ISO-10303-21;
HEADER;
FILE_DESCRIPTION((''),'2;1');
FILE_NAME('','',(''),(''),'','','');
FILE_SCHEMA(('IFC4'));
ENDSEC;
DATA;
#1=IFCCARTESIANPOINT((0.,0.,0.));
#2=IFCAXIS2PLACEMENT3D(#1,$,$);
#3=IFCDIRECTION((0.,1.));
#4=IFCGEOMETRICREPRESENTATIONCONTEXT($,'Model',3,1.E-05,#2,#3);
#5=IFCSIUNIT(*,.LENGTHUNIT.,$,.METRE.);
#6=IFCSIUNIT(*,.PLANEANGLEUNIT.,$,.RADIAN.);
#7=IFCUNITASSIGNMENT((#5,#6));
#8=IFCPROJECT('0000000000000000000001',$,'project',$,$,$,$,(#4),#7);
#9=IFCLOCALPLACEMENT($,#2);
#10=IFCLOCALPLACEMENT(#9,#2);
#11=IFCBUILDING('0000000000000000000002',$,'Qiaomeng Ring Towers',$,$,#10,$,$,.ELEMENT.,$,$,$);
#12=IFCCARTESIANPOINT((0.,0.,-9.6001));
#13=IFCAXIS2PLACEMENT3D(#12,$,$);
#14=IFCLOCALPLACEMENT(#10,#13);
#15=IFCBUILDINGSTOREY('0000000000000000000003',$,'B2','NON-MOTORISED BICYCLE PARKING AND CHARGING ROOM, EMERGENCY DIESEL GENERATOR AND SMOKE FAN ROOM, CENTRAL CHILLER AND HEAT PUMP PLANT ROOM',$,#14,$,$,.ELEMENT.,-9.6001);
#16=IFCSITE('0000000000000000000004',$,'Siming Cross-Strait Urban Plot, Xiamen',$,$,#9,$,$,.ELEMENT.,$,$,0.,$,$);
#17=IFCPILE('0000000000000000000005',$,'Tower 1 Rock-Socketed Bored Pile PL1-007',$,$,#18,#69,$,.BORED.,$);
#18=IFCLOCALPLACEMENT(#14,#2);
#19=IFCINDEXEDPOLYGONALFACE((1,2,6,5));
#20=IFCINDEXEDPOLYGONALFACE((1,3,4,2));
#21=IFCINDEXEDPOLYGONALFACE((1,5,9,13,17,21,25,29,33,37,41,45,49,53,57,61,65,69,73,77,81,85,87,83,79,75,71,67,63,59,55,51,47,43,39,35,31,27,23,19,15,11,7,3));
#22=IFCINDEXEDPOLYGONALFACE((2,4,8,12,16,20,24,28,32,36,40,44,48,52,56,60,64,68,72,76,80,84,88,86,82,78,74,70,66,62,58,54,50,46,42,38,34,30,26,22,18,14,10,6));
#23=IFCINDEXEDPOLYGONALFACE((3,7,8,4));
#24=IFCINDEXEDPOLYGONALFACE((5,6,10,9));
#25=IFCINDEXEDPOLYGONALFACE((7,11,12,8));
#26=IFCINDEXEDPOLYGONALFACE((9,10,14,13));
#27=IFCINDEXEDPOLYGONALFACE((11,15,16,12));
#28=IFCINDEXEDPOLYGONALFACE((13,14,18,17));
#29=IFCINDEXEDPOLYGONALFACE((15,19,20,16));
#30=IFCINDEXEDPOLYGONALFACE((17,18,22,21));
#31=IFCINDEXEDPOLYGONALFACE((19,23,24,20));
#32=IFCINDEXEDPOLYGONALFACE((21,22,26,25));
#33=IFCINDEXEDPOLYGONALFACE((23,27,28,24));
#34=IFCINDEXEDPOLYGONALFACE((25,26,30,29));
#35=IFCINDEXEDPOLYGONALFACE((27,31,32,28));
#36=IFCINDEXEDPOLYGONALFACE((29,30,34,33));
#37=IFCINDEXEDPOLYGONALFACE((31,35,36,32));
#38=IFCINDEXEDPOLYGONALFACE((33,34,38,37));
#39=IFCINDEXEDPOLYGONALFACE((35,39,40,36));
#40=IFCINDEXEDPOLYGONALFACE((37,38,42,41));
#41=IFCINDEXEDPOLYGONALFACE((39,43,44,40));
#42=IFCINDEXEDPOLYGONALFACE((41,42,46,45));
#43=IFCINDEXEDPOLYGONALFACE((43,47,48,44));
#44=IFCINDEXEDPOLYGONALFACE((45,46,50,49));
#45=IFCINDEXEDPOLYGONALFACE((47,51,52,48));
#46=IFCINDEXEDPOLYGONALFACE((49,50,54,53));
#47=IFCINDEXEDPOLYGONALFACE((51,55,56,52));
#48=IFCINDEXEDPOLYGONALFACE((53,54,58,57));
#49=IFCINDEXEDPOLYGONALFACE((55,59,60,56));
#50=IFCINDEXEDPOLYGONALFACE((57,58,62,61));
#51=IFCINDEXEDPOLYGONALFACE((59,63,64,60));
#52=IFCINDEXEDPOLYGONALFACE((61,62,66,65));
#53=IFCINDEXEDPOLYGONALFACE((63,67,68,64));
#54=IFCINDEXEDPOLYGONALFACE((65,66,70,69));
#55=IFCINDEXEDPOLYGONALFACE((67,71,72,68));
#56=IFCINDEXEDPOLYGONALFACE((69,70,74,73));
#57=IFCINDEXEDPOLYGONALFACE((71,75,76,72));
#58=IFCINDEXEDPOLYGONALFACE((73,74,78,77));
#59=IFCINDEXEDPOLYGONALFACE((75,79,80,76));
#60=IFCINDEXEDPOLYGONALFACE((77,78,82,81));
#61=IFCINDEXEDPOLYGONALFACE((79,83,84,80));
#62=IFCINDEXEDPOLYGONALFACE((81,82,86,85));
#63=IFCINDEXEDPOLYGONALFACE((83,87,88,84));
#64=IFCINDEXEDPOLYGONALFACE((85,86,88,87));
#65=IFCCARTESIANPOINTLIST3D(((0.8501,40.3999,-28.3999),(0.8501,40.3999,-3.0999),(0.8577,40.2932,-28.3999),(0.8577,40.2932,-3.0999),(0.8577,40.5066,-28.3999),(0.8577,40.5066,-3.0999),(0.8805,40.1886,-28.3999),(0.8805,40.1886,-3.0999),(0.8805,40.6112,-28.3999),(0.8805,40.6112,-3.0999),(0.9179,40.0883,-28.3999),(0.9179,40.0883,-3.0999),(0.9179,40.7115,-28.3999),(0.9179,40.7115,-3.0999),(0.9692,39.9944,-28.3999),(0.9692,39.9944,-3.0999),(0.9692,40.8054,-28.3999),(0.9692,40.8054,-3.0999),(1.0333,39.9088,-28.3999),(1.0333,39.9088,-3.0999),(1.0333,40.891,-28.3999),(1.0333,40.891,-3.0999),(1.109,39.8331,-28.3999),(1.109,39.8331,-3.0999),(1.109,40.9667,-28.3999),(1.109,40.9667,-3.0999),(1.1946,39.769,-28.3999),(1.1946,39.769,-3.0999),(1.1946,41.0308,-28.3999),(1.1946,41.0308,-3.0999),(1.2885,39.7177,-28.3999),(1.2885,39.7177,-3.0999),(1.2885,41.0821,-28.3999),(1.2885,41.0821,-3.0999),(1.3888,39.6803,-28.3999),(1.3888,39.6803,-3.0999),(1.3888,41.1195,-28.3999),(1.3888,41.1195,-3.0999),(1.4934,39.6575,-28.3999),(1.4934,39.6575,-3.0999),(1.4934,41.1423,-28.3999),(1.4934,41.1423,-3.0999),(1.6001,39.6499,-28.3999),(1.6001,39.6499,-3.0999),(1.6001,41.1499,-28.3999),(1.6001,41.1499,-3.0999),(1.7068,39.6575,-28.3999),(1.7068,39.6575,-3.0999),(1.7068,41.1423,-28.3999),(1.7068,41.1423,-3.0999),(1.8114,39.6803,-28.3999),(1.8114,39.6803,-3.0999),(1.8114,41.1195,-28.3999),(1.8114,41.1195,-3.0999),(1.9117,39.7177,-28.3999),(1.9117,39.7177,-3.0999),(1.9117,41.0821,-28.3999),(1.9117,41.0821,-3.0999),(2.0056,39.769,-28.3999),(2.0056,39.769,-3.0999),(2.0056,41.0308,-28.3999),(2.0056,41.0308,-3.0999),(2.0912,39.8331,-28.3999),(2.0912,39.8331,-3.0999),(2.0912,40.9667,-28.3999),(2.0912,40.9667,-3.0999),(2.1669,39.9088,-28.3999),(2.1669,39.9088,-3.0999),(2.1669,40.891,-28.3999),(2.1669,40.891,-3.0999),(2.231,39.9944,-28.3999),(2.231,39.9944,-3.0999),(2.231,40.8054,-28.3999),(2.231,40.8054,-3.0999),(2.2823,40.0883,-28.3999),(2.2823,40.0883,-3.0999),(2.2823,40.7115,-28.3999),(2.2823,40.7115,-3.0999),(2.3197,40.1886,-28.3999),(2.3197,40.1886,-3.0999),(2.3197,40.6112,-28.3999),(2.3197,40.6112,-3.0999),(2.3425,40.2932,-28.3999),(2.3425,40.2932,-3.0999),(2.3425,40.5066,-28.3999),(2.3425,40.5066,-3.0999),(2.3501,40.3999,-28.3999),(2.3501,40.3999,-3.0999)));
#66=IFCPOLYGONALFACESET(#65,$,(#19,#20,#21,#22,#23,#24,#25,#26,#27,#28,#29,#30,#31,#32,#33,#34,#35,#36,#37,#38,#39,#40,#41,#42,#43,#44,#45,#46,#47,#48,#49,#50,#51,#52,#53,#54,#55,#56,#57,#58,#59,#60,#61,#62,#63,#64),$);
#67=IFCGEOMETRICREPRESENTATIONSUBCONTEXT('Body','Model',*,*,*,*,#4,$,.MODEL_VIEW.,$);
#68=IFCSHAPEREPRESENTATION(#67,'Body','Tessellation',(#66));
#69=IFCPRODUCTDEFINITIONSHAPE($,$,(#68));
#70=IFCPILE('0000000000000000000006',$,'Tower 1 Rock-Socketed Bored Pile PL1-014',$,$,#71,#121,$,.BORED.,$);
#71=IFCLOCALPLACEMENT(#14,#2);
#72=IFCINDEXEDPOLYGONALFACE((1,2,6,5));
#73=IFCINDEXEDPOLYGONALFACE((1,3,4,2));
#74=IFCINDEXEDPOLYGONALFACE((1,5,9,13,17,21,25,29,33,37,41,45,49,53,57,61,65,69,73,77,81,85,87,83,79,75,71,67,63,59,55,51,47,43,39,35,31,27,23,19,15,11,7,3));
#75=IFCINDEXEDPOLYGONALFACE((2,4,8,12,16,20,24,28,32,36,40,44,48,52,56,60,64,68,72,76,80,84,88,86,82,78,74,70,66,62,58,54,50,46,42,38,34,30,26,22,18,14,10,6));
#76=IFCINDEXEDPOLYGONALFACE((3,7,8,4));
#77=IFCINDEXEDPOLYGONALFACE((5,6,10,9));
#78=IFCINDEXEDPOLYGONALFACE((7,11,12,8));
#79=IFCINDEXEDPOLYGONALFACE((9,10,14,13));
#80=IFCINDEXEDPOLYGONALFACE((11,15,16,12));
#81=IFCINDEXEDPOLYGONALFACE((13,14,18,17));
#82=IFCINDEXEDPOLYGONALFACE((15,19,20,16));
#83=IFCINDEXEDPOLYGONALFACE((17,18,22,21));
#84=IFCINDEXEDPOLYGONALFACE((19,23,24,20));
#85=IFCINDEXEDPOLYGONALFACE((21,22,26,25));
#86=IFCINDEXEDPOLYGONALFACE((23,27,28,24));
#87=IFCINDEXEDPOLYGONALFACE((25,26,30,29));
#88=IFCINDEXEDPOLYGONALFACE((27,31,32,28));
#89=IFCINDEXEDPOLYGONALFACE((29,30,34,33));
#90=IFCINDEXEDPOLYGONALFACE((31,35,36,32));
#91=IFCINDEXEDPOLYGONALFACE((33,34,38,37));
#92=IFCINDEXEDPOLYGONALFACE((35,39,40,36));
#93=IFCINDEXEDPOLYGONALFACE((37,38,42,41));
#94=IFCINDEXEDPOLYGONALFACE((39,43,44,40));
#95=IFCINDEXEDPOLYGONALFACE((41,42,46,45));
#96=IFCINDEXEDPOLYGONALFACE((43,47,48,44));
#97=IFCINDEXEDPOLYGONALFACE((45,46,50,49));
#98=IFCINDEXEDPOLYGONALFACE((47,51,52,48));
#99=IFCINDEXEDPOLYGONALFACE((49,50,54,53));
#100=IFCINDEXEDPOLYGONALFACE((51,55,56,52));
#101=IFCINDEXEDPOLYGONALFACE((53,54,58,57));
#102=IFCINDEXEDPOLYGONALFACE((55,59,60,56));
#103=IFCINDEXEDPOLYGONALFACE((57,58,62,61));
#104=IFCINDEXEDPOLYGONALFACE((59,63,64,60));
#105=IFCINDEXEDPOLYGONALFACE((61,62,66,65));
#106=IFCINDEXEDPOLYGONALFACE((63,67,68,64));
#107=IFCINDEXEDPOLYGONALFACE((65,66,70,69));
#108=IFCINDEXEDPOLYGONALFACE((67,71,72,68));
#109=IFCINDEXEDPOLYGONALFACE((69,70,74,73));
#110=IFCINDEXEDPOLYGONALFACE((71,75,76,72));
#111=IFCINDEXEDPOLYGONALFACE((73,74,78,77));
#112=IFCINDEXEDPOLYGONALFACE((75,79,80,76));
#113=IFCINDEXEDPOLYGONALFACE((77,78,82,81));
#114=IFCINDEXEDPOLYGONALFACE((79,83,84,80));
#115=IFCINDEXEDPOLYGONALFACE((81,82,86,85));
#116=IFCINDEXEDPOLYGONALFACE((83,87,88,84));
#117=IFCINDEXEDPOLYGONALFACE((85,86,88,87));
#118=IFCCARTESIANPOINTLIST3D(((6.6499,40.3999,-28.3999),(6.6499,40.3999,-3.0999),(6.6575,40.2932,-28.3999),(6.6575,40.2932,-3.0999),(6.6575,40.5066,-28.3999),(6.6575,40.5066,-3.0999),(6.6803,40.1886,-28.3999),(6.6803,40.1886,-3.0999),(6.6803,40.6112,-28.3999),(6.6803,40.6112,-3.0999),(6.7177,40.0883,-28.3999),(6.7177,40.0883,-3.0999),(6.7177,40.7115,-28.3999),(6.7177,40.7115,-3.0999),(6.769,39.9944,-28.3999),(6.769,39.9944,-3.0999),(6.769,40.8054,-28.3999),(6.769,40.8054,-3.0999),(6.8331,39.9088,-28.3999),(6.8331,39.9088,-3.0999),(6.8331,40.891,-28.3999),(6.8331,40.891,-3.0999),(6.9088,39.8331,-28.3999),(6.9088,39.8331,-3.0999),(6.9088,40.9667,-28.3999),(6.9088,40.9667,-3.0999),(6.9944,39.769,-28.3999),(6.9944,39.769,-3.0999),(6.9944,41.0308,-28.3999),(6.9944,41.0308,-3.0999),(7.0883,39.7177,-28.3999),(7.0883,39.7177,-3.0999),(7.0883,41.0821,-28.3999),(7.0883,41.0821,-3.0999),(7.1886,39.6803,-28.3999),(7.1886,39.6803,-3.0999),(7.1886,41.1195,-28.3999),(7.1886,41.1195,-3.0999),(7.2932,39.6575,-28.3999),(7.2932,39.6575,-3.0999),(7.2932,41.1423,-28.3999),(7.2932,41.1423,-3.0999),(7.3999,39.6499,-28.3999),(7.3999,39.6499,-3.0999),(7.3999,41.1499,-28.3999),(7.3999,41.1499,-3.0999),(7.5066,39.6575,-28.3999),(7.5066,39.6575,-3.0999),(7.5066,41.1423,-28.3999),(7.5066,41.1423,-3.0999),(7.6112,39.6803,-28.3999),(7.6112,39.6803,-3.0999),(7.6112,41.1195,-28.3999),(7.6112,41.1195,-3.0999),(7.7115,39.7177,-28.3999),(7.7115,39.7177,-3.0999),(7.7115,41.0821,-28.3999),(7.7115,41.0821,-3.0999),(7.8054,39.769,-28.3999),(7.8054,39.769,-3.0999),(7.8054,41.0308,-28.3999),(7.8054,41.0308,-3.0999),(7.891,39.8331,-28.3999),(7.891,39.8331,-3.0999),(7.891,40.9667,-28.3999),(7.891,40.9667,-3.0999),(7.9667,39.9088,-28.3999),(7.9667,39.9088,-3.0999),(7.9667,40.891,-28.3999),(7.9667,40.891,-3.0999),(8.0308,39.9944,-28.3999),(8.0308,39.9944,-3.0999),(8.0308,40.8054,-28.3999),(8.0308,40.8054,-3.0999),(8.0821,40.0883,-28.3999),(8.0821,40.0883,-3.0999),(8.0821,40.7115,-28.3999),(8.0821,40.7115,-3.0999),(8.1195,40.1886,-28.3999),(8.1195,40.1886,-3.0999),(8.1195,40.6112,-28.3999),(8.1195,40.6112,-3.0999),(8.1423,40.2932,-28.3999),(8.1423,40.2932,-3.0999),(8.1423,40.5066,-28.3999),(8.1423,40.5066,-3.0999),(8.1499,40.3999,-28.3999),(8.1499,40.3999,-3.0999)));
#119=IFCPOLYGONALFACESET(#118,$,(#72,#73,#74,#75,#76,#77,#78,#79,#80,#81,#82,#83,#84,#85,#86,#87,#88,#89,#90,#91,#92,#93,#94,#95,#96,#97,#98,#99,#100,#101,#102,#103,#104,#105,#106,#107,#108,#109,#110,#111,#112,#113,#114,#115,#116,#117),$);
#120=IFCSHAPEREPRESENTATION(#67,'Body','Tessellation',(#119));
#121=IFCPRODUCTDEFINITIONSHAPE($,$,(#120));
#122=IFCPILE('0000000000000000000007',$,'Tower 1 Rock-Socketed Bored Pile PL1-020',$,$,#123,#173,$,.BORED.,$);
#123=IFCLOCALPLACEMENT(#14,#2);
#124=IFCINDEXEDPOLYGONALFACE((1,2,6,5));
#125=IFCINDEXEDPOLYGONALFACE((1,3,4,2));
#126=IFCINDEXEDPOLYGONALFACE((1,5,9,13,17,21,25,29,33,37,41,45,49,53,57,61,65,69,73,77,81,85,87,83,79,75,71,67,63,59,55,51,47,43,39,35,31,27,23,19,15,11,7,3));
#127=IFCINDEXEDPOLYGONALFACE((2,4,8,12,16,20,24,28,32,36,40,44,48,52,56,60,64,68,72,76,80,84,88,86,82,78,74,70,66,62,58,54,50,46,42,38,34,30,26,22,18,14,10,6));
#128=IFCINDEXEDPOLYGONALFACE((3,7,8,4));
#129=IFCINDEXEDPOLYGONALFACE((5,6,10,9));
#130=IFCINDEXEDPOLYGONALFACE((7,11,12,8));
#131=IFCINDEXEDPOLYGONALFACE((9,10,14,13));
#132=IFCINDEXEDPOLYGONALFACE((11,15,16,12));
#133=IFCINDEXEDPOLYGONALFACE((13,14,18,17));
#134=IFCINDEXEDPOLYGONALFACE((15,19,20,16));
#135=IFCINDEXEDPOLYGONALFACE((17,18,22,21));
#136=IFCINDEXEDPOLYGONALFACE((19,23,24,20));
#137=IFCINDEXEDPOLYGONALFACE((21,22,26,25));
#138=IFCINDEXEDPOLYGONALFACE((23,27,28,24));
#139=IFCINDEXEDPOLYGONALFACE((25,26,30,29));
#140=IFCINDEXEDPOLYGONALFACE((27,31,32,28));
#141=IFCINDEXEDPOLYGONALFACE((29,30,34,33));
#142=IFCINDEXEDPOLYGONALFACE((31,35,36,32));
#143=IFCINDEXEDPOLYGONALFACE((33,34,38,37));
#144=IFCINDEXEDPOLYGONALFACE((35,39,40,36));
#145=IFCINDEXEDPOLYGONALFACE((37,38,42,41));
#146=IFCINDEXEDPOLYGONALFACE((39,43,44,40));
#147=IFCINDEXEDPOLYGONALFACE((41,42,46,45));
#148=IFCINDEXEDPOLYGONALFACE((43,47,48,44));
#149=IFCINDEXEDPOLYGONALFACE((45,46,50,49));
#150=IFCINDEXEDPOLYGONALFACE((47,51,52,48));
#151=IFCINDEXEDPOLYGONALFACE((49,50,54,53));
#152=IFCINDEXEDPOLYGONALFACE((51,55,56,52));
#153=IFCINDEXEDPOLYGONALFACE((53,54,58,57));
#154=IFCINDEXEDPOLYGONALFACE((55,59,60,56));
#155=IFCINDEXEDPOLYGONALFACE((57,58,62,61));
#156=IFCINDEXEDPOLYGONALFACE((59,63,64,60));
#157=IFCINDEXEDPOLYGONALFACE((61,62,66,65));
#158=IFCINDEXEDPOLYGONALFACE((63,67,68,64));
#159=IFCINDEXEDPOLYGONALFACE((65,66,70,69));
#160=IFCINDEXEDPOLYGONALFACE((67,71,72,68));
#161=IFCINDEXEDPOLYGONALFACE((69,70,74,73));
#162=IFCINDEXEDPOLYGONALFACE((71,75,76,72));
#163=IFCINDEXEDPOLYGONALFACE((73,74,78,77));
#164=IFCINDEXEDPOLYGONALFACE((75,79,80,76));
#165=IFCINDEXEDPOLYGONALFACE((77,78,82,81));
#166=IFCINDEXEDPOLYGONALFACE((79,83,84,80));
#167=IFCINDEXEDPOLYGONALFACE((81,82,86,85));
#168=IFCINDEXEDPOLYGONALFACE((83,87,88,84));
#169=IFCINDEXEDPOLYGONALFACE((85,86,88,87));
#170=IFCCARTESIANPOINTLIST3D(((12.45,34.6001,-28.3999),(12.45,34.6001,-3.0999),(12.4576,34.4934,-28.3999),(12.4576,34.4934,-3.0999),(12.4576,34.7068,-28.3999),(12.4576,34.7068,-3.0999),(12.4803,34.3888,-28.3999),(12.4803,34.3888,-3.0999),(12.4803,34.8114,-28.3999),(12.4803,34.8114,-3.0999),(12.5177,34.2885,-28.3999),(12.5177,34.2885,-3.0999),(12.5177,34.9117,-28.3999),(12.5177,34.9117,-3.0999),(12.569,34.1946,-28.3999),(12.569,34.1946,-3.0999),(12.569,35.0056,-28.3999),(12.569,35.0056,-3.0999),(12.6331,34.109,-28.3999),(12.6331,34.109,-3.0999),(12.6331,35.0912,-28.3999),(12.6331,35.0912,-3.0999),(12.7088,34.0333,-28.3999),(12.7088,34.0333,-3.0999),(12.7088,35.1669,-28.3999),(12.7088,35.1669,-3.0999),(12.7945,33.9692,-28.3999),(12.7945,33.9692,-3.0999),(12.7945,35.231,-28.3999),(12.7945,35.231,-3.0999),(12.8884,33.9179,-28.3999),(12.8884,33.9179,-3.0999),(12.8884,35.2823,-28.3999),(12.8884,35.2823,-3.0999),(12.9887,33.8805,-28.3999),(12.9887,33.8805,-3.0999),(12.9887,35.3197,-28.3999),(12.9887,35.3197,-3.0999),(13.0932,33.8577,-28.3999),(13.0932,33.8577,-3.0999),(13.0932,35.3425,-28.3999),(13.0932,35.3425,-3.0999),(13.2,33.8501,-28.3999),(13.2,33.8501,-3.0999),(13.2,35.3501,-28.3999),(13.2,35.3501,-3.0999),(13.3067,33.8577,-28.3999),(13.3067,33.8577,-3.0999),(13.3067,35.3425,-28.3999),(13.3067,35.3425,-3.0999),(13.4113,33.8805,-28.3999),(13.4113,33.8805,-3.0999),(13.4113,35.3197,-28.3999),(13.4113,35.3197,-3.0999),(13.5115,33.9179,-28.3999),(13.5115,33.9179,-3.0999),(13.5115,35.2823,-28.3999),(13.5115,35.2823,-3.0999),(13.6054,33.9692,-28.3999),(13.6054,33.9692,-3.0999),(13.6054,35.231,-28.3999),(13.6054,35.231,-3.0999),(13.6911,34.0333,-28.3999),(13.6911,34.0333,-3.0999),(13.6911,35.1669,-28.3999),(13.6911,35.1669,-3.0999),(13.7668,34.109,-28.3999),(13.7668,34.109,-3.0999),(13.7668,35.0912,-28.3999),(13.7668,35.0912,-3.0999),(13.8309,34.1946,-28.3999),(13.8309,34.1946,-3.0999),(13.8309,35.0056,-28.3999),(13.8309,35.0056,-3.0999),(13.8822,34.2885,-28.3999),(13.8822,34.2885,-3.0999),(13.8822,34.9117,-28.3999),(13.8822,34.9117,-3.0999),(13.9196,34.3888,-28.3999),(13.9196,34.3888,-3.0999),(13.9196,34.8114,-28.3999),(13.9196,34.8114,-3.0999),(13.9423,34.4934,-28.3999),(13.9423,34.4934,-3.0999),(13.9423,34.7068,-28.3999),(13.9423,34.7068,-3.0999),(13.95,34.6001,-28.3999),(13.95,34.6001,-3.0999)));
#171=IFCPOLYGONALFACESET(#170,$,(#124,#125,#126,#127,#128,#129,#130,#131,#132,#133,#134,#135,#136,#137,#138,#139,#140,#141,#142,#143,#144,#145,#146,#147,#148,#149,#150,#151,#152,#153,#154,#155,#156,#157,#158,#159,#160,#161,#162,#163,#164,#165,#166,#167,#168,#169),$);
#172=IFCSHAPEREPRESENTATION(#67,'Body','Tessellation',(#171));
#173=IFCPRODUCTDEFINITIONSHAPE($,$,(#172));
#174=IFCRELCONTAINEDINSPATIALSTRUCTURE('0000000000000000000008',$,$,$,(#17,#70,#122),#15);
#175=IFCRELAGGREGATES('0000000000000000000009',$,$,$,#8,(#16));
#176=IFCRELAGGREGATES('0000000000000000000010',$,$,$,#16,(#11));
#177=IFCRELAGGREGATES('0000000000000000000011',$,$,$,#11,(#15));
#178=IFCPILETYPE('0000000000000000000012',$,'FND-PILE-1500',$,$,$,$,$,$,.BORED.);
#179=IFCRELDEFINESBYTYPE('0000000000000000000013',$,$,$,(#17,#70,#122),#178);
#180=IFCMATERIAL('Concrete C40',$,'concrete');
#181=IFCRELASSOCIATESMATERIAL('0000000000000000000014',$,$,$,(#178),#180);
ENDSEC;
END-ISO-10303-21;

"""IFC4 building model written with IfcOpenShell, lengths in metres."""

from ifc_helpers import new_model, si_unit, direction, frame, origin, origin_2d, place, context, subcontext, project, spatial, circle, extrude, source, transform, mapped, material, material_profile, profile_set, type_object, element, save


model = new_model("IFC4")

# Units and contexts
model_context = context("Model", 3, precision=1e-05, world=origin(), true_north=direction((0.0, 1.0)))
body_context = subcontext(model_context, "Body", "Model", "MODEL_VIEW")
ifc_project = project(units=[si_unit("LENGTHUNIT", "METRE"), si_unit("PLANEANGLEUNIT", "RADIAN")], contexts=[model_context])

# Site, building, storey
site_placement = place(None, origin())
site = spatial("IfcSite", under=ifc_project, at=site_placement, Name="Siming Cross-Strait Urban Plot, Xiamen", CompositionType="ELEMENT", RefElevation=0.0)
building_placement = place(site_placement, origin())
building = spatial("IfcBuilding", under=site, at=building_placement, Name="Qiaomeng Ring Towers", CompositionType="ELEMENT")
storey_placement = place(building_placement, frame((0.0, 0.0, -9.6001)))
storey = spatial("IfcBuildingStorey", under=building, at=storey_placement, Name="B2", Description="NON-MOTORISED BICYCLE PARKING AND CHARGING ROOM, EMERGENCY DIESEL GENERATOR AND SMOKE FAN ROOM, CENTRAL CHILLER AND HEAT PUMP PLANT ROOM", CompositionType="ELEMENT", Elevation=-9.6001)

# Piles
ifc_material_1 = material(Name="Concrete C40", Category="concrete")
ifc_material_profile_1 = material_profile(ifc_material_1, circle(Radius=0.75, at=origin_2d()), Name="BORED PILE 1500")
ifc_profile_set_1 = profile_set([ifc_material_profile_1], Name="Concrete C40")
pile_type = type_object("IfcPileType", Name="FND-PILE-1500", PredefinedType="BORED", material=ifc_profile_set_1)
shared_shape_1 = source(origin(), body_context, "Body", "SweptSolid", [
    extrude(circle(Radius=0.75, at=origin_2d()), origin(), (0.0, 0.0, 1.0), 25.3),
])
for number, where, z_axis, x_axis, name in (
    (1, (1.6001, 40.3999, -3.0999), (0.0, 0.0, -1.0), (1.0, 0.0, 0.0), "Tower 1 Rock-Socketed Bored Pile PL1-007"),
    (2, (7.3999, 40.3999, -3.0999), (0.0, 0.0, -1.0), (1.0, 0.0, 0.0), "Tower 1 Rock-Socketed Bored Pile PL1-014"),
    (3, (13.2, 34.6001, -3.0999), (0.0, 0.0, -1.0), (1.0, 0.0, 0.0), "Tower 1 Rock-Socketed Bored Pile PL1-020"),
):
    element("IfcPile", number, at=place(storey_placement, frame(where, z_axis=z_axis, x_axis=x_axis)), inside=storey, type_object=pile_type, Name=name, PredefinedType="BORED", context=body_context, shape_type="MappedRepresentation", body=[
        mapped(shared_shape_1, transform((0.0, 0.0, 0.0), x_axis=(1.0, 0.0, 0.0), y_axis=(0.0, 1.0, 0.0), z_axis=(0.0, 0.0, 1.0), scale=1.0)),
    ])

save(model, "model.ifc")
